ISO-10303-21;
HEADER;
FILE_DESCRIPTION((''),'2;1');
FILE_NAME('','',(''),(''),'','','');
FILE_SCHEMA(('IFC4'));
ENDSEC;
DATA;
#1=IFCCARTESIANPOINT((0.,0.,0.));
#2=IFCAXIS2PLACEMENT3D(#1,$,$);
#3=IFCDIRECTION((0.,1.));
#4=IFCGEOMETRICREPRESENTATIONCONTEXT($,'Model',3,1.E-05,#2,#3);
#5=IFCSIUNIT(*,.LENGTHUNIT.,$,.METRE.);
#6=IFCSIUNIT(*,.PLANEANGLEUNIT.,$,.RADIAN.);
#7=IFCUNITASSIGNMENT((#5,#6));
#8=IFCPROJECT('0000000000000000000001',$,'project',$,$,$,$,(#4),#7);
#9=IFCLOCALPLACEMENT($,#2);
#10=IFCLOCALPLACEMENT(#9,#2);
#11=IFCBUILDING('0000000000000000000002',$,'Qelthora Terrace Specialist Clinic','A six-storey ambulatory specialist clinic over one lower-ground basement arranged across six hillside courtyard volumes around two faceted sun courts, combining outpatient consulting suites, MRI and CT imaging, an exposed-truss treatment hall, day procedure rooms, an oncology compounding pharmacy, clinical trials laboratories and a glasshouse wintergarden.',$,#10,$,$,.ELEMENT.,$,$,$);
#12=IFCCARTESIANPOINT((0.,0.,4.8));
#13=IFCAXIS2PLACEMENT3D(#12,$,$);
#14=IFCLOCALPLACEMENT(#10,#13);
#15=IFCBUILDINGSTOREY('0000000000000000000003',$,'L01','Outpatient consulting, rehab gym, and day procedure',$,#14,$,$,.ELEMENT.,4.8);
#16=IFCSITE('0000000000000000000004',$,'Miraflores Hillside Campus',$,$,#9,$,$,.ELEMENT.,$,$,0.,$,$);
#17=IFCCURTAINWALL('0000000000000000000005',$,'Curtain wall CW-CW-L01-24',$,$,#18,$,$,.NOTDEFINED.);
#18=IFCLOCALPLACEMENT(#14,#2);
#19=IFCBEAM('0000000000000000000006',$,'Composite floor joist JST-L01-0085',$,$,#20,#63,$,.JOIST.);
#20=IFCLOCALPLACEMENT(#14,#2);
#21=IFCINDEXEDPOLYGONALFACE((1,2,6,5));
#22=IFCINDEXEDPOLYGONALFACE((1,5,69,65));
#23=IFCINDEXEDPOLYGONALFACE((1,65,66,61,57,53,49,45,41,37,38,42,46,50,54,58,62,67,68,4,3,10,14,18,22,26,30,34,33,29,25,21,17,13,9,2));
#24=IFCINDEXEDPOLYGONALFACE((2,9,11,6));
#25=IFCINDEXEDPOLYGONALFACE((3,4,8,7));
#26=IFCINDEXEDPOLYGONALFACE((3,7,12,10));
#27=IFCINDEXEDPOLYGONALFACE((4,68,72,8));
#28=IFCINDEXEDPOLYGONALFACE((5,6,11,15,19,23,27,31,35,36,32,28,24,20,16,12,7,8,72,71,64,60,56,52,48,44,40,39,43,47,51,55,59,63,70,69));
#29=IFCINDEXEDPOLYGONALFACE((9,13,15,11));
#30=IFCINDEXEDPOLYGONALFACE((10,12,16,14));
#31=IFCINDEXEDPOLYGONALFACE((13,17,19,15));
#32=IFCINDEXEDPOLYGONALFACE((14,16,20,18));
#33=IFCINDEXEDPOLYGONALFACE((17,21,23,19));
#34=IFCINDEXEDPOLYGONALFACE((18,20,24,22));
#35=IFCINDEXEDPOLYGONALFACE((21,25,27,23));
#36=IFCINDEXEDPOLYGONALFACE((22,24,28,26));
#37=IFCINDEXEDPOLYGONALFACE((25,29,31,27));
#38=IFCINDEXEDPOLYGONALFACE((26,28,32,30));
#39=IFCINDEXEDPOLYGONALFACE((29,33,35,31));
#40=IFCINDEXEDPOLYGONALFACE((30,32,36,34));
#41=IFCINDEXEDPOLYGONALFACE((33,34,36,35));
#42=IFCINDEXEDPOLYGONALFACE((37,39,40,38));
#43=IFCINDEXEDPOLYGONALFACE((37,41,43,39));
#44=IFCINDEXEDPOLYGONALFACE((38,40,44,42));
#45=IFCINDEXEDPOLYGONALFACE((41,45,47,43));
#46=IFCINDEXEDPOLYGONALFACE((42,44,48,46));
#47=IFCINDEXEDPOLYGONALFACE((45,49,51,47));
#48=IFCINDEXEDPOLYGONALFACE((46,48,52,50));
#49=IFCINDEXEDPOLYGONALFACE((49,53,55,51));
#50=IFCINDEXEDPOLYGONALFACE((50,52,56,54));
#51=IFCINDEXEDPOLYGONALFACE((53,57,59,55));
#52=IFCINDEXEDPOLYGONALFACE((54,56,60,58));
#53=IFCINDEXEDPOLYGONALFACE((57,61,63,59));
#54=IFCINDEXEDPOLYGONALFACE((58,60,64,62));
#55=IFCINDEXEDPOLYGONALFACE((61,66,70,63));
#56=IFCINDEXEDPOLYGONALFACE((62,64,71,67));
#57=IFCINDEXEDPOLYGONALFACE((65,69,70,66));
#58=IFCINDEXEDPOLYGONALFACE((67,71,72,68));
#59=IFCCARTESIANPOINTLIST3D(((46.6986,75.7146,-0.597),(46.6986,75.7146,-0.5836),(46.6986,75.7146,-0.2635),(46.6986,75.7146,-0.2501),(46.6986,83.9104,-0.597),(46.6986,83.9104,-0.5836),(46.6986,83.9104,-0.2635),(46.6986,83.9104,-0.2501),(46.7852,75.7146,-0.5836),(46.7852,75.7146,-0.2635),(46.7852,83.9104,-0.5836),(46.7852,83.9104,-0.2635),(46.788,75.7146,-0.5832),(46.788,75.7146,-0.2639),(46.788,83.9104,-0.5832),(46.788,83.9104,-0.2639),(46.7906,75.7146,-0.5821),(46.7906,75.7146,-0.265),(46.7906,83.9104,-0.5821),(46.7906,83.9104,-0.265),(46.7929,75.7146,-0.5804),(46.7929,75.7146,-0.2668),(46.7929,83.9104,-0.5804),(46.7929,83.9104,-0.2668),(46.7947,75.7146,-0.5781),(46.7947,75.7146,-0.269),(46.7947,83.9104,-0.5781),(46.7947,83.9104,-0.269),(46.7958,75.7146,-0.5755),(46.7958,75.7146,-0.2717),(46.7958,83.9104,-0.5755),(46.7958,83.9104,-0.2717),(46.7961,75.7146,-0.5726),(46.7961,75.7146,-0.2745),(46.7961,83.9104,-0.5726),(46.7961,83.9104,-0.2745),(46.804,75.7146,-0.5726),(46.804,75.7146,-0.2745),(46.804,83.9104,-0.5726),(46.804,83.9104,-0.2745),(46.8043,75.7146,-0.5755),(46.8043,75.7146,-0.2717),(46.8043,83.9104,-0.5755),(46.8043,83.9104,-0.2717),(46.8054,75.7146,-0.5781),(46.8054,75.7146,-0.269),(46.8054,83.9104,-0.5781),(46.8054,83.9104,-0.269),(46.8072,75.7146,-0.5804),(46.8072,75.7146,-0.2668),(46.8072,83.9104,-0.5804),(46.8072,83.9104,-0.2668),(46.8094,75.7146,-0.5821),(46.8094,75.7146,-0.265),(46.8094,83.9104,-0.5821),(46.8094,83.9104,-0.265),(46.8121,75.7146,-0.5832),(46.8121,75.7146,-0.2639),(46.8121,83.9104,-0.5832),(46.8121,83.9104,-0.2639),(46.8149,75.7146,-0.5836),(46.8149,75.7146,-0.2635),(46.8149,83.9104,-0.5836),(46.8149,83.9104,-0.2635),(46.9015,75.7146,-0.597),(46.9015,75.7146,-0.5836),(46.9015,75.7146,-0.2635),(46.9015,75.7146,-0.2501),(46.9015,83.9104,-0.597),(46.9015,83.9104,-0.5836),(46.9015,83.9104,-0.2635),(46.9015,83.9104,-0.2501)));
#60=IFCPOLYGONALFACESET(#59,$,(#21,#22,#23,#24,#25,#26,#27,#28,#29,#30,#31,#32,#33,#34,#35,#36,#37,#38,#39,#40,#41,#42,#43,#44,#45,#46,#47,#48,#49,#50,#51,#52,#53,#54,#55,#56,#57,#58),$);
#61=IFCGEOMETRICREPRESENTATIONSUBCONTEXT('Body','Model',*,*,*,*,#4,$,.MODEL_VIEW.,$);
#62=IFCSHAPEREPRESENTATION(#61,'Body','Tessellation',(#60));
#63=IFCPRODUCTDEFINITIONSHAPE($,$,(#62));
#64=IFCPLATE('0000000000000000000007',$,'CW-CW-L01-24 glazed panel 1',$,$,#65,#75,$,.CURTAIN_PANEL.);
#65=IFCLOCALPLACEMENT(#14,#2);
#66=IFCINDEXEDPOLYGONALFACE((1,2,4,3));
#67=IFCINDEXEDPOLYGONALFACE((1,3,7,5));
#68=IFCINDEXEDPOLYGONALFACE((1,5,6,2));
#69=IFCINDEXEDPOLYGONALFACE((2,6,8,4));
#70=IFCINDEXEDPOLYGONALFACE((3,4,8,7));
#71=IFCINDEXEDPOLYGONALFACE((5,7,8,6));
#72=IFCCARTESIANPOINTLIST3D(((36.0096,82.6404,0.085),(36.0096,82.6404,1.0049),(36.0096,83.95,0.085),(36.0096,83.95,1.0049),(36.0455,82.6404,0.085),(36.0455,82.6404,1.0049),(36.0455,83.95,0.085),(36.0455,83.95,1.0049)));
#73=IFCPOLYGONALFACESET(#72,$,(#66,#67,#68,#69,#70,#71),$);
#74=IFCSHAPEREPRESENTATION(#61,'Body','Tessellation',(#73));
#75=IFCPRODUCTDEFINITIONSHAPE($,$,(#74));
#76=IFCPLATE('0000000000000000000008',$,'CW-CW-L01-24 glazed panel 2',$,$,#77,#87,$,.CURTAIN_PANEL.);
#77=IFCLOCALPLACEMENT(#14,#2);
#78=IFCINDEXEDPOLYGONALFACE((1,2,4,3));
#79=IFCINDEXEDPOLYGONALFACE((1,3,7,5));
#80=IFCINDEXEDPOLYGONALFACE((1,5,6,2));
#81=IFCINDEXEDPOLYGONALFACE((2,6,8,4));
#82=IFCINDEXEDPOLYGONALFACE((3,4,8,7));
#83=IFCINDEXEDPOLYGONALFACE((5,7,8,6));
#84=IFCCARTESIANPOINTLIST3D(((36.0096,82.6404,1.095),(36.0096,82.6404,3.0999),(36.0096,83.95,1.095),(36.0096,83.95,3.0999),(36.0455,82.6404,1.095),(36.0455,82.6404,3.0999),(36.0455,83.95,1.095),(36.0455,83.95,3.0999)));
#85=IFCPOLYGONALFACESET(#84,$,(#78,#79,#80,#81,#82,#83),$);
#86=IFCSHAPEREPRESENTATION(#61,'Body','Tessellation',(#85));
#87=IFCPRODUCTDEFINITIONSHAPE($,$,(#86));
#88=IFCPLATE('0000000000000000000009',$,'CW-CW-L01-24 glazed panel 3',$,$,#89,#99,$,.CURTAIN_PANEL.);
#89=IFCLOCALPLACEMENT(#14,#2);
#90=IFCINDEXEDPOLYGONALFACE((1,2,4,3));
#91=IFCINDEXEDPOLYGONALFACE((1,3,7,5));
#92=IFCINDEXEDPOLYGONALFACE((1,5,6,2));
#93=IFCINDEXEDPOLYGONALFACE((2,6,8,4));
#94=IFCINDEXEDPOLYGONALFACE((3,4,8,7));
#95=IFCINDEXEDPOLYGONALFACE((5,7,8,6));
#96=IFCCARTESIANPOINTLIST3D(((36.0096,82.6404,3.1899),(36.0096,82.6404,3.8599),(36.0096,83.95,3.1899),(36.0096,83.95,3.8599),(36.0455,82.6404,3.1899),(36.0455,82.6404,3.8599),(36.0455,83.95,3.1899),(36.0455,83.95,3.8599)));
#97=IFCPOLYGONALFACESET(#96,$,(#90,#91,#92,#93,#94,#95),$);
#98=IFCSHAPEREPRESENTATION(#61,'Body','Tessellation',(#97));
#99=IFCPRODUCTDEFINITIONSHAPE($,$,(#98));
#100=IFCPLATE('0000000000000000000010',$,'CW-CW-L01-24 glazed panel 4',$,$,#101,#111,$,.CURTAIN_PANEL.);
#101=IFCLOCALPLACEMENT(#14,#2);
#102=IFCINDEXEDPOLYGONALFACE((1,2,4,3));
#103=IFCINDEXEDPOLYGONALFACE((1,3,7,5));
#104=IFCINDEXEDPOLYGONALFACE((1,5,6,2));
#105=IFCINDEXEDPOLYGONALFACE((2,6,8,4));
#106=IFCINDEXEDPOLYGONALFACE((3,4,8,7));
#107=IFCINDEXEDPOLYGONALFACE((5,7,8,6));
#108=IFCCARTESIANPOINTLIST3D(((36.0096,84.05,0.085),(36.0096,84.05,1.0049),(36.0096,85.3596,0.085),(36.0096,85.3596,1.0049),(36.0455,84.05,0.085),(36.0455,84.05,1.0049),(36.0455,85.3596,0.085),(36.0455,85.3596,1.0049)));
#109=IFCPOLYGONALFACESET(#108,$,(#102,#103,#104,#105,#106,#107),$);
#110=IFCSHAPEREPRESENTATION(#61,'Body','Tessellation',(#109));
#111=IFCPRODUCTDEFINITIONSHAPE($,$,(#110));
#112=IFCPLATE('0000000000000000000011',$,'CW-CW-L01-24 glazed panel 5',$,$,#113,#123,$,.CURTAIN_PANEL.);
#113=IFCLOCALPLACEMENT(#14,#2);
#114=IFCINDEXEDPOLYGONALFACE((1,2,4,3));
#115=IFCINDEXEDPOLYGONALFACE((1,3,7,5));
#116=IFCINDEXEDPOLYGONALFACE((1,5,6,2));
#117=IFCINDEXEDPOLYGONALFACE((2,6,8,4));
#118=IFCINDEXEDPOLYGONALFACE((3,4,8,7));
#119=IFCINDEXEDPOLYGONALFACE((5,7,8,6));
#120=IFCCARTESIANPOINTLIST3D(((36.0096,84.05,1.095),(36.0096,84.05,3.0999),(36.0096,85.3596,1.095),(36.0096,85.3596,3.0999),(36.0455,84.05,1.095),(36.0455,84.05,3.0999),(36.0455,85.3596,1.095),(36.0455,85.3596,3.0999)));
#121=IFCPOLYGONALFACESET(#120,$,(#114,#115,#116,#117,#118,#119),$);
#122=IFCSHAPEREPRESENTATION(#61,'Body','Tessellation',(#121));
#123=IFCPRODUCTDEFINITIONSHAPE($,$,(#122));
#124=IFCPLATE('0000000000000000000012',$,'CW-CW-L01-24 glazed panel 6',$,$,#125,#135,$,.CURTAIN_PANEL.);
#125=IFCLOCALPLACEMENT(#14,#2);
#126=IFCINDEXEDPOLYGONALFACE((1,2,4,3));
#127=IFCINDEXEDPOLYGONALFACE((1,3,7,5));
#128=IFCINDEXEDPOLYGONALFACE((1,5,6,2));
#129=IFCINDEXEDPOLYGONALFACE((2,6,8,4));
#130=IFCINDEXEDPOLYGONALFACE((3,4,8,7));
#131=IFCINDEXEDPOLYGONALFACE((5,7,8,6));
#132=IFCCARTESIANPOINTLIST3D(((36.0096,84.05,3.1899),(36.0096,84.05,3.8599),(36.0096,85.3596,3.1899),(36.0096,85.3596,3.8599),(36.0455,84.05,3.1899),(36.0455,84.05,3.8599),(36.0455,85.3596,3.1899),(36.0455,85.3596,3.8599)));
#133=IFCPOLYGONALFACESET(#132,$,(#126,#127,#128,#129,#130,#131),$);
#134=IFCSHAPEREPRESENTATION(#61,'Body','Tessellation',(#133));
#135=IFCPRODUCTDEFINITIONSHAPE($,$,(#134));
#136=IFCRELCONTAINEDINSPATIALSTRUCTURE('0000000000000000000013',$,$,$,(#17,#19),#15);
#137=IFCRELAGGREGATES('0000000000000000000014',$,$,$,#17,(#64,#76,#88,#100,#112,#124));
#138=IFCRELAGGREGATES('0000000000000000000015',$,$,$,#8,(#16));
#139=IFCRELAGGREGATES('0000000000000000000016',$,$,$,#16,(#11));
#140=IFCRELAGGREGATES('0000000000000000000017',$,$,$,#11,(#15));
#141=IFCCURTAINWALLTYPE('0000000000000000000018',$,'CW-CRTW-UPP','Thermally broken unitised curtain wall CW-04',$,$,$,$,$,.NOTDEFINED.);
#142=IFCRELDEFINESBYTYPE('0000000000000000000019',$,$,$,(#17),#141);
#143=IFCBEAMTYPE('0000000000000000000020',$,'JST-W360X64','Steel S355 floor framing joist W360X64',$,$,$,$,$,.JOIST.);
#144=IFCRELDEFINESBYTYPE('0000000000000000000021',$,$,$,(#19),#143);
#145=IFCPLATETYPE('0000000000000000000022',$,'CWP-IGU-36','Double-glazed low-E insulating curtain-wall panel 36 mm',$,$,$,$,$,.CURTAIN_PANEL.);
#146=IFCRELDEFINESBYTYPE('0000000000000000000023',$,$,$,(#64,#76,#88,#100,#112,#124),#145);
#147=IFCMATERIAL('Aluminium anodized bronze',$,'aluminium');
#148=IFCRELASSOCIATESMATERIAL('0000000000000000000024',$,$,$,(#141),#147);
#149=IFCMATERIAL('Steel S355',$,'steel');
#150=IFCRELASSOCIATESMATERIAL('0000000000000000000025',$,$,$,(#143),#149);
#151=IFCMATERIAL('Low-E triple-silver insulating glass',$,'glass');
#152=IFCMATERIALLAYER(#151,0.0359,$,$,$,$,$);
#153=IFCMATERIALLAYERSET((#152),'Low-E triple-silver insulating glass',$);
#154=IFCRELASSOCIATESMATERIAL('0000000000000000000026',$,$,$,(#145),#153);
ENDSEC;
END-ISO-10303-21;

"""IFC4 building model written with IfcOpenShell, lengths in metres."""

from ifc_helpers import new_model, si_unit, direction, frame, origin, origin_2d, place, context, subcontext, project, spatial, rectangle, i_section, extrude, material, layer, layer_set, material_profile, profile_set, type_object, element, aggregate, save


model = new_model("IFC4")

# Units and contexts
model_context = context("Model", 3, precision=1e-05, world=origin(), true_north=direction((0.0, 1.0)))
body_context = subcontext(model_context, "Body", "Model", "MODEL_VIEW")
ifc_project = project(units=[si_unit("LENGTHUNIT", "METRE"), si_unit("PLANEANGLEUNIT", "RADIAN")], contexts=[model_context])

# Site, building, storey
site_placement = place(None, origin())
site = spatial("IfcSite", under=ifc_project, at=site_placement, Name="Miraflores Hillside Campus", CompositionType="ELEMENT", RefElevation=0.0)
building_placement = place(site_placement, origin())
building = spatial("IfcBuilding", under=site, at=building_placement, Name="Qelthora Terrace Specialist Clinic", Description="A six-storey ambulatory specialist clinic over one lower-ground basement arranged across six hillside courtyard volumes around two faceted sun courts, combining outpatient consulting suites, MRI and CT imaging, an exposed-truss treatment hall, day procedure rooms, an oncology compounding pharmacy, clinical trials laboratories and a glasshouse wintergarden.", CompositionType="ELEMENT")
storey_placement = place(building_placement, frame((0.0, 0.0, 4.8)))
storey = spatial("IfcBuildingStorey", under=building, at=storey_placement, Name="L01", Description="Outpatient consulting, rehab gym, and day procedure", CompositionType="ELEMENT", Elevation=4.8)

# Shared definitions
ifc_material_1 = material(Name="Steel S355", Category="steel")

# Curtain wall
ifc_material_2 = material(Name="Aluminium anodized bronze", Category="aluminium")
curtain_wall_type = type_object("IfcCurtainWallType", Name="CW-CRTW-UPP", Description="Thermally broken unitised curtain wall CW-04", PredefinedType="NOTDEFINED", material=ifc_material_2)
curtain_wall_placement = place(storey_placement, origin())
curtain_wall = element("IfcCurtainWall", 1, at=curtain_wall_placement, inside=storey, type_object=curtain_wall_type, Name="Curtain wall CW-CW-L01-24", PredefinedType="NOTDEFINED")

# Beam
ifc_material_profile_1 = material_profile(ifc_material_1, i_section(OverallWidth=0.2029, OverallDepth=0.3469, WebThickness=0.0078, FlangeThickness=0.0134, FilletRadius=0.011, at=origin_2d()), Name="W360X64")
ifc_profile_set_1 = profile_set([ifc_material_profile_1], Name="Steel S355")
beam_type_1 = type_object("IfcBeamType", Name="JST-W360X64", Description="Steel S355 floor framing joist W360X64", PredefinedType="JOIST", material=ifc_profile_set_1)
beam_1_placement = place(storey_placement, frame((46.8, 75.7146, -0.4236), z_axis=(0.0, 1.0, 0.0), x_axis=(-1.0, 0.0, 0.0)))
element("IfcBeam", 2, at=beam_1_placement, inside=storey, type_object=beam_type_1, Name="Composite floor joist JST-L01-0085", PredefinedType="JOIST", context=body_context, shape_type="SweptSolid", body=[
    extrude(i_section(OverallWidth=0.2029, OverallDepth=0.3469, WebThickness=0.0078, FlangeThickness=0.0134, FilletRadius=0.011, at=origin_2d()), origin(), (0.0, 0.0, 1.0), 8.1958),
])

# Plates
ifc_material_3 = material(Name="Low-E triple-silver insulating glass", Category="glass")
ifc_layer = layer(ifc_material_3, 0.0359)
ifc_layer_set = layer_set([ifc_layer], Name="Low-E triple-silver insulating glass")
plate_type = type_object("IfcPlateType", Name="CWP-IGU-36", Description="Double-glazed low-E insulating curtain-wall panel 36 mm", PredefinedType="CURTAIN_PANEL", material=ifc_layer_set)
plate_1_placement = place(storey_placement, frame((36.0276, 83.2952, 0.085), z_axis=(0.0, 0.0, 1.0), x_axis=(0.0, 1.0, 0.0)))
plate_1 = element("IfcPlate", 3, at=plate_1_placement, type_object=plate_type, Name="CW-CW-L01-24 glazed panel 1", PredefinedType="CURTAIN_PANEL", context=body_context, shape_type="SweptSolid", body=[
    extrude(rectangle(XDim=1.3096, YDim=0.0359, at=origin_2d()), origin(), (0.0, 0.0, 1.0), 0.9199),
])
plate_2_placement = place(storey_placement, frame((36.0276, 83.2952, 1.095), z_axis=(0.0, 0.0, 1.0), x_axis=(0.0, 1.0, 0.0)))
plate_2 = element("IfcPlate", 4, at=plate_2_placement, type_object=plate_type, Name="CW-CW-L01-24 glazed panel 2", PredefinedType="CURTAIN_PANEL", context=body_context, shape_type="SweptSolid", body=[
    extrude(rectangle(XDim=1.3096, YDim=0.0359, at=origin_2d()), origin(), (0.0, 0.0, 1.0), 2.0049),
])
plate_3_placement = place(storey_placement, frame((36.0276, 83.2952, 3.1899), z_axis=(0.0, 0.0, 1.0), x_axis=(0.0, 1.0, 0.0)))
plate_3 = element("IfcPlate", 5, at=plate_3_placement, type_object=plate_type, Name="CW-CW-L01-24 glazed panel 3", PredefinedType="CURTAIN_PANEL", context=body_context, shape_type="SweptSolid", body=[
    extrude(rectangle(XDim=1.3096, YDim=0.0359, at=origin_2d()), origin(), (0.0, 0.0, 1.0), 0.6699),
])
plate_4_placement = place(storey_placement, frame((36.0276, 84.7048, 0.085), z_axis=(0.0, 0.0, 1.0), x_axis=(0.0, 1.0, 0.0)))
plate_4 = element("IfcPlate", 6, at=plate_4_placement, type_object=plate_type, Name="CW-CW-L01-24 glazed panel 4", PredefinedType="CURTAIN_PANEL", context=body_context, shape_type="SweptSolid", body=[
    extrude(rectangle(XDim=1.3096, YDim=0.0359, at=origin_2d()), origin(), (0.0, 0.0, 1.0), 0.9199),
])
plate_5_placement = place(storey_placement, frame((36.0276, 84.7048, 1.095), z_axis=(0.0, 0.0, 1.0), x_axis=(0.0, 1.0, 0.0)))
plate_5 = element("IfcPlate", 7, at=plate_5_placement, type_object=plate_type, Name="CW-CW-L01-24 glazed panel 5", PredefinedType="CURTAIN_PANEL", context=body_context, shape_type="SweptSolid", body=[
    extrude(rectangle(XDim=1.3096, YDim=0.0359, at=origin_2d()), origin(), (0.0, 0.0, 1.0), 2.0049),
])
plate_6_placement = place(storey_placement, frame((36.0276, 84.7048, 3.1899), z_axis=(0.0, 0.0, 1.0), x_axis=(0.0, 1.0, 0.0)))
plate_6 = element("IfcPlate", 8, at=plate_6_placement, type_object=plate_type, Name="CW-CW-L01-24 glazed panel 6", PredefinedType="CURTAIN_PANEL", context=body_context, shape_type="SweptSolid", body=[
    extrude(rectangle(XDim=1.3096, YDim=0.0359, at=origin_2d()), origin(), (0.0, 0.0, 1.0), 0.6699),
])
aggregate(curtain_wall, [plate_1, plate_2, plate_3, plate_4, plate_5, plate_6])

save(model, "model.ifc")
